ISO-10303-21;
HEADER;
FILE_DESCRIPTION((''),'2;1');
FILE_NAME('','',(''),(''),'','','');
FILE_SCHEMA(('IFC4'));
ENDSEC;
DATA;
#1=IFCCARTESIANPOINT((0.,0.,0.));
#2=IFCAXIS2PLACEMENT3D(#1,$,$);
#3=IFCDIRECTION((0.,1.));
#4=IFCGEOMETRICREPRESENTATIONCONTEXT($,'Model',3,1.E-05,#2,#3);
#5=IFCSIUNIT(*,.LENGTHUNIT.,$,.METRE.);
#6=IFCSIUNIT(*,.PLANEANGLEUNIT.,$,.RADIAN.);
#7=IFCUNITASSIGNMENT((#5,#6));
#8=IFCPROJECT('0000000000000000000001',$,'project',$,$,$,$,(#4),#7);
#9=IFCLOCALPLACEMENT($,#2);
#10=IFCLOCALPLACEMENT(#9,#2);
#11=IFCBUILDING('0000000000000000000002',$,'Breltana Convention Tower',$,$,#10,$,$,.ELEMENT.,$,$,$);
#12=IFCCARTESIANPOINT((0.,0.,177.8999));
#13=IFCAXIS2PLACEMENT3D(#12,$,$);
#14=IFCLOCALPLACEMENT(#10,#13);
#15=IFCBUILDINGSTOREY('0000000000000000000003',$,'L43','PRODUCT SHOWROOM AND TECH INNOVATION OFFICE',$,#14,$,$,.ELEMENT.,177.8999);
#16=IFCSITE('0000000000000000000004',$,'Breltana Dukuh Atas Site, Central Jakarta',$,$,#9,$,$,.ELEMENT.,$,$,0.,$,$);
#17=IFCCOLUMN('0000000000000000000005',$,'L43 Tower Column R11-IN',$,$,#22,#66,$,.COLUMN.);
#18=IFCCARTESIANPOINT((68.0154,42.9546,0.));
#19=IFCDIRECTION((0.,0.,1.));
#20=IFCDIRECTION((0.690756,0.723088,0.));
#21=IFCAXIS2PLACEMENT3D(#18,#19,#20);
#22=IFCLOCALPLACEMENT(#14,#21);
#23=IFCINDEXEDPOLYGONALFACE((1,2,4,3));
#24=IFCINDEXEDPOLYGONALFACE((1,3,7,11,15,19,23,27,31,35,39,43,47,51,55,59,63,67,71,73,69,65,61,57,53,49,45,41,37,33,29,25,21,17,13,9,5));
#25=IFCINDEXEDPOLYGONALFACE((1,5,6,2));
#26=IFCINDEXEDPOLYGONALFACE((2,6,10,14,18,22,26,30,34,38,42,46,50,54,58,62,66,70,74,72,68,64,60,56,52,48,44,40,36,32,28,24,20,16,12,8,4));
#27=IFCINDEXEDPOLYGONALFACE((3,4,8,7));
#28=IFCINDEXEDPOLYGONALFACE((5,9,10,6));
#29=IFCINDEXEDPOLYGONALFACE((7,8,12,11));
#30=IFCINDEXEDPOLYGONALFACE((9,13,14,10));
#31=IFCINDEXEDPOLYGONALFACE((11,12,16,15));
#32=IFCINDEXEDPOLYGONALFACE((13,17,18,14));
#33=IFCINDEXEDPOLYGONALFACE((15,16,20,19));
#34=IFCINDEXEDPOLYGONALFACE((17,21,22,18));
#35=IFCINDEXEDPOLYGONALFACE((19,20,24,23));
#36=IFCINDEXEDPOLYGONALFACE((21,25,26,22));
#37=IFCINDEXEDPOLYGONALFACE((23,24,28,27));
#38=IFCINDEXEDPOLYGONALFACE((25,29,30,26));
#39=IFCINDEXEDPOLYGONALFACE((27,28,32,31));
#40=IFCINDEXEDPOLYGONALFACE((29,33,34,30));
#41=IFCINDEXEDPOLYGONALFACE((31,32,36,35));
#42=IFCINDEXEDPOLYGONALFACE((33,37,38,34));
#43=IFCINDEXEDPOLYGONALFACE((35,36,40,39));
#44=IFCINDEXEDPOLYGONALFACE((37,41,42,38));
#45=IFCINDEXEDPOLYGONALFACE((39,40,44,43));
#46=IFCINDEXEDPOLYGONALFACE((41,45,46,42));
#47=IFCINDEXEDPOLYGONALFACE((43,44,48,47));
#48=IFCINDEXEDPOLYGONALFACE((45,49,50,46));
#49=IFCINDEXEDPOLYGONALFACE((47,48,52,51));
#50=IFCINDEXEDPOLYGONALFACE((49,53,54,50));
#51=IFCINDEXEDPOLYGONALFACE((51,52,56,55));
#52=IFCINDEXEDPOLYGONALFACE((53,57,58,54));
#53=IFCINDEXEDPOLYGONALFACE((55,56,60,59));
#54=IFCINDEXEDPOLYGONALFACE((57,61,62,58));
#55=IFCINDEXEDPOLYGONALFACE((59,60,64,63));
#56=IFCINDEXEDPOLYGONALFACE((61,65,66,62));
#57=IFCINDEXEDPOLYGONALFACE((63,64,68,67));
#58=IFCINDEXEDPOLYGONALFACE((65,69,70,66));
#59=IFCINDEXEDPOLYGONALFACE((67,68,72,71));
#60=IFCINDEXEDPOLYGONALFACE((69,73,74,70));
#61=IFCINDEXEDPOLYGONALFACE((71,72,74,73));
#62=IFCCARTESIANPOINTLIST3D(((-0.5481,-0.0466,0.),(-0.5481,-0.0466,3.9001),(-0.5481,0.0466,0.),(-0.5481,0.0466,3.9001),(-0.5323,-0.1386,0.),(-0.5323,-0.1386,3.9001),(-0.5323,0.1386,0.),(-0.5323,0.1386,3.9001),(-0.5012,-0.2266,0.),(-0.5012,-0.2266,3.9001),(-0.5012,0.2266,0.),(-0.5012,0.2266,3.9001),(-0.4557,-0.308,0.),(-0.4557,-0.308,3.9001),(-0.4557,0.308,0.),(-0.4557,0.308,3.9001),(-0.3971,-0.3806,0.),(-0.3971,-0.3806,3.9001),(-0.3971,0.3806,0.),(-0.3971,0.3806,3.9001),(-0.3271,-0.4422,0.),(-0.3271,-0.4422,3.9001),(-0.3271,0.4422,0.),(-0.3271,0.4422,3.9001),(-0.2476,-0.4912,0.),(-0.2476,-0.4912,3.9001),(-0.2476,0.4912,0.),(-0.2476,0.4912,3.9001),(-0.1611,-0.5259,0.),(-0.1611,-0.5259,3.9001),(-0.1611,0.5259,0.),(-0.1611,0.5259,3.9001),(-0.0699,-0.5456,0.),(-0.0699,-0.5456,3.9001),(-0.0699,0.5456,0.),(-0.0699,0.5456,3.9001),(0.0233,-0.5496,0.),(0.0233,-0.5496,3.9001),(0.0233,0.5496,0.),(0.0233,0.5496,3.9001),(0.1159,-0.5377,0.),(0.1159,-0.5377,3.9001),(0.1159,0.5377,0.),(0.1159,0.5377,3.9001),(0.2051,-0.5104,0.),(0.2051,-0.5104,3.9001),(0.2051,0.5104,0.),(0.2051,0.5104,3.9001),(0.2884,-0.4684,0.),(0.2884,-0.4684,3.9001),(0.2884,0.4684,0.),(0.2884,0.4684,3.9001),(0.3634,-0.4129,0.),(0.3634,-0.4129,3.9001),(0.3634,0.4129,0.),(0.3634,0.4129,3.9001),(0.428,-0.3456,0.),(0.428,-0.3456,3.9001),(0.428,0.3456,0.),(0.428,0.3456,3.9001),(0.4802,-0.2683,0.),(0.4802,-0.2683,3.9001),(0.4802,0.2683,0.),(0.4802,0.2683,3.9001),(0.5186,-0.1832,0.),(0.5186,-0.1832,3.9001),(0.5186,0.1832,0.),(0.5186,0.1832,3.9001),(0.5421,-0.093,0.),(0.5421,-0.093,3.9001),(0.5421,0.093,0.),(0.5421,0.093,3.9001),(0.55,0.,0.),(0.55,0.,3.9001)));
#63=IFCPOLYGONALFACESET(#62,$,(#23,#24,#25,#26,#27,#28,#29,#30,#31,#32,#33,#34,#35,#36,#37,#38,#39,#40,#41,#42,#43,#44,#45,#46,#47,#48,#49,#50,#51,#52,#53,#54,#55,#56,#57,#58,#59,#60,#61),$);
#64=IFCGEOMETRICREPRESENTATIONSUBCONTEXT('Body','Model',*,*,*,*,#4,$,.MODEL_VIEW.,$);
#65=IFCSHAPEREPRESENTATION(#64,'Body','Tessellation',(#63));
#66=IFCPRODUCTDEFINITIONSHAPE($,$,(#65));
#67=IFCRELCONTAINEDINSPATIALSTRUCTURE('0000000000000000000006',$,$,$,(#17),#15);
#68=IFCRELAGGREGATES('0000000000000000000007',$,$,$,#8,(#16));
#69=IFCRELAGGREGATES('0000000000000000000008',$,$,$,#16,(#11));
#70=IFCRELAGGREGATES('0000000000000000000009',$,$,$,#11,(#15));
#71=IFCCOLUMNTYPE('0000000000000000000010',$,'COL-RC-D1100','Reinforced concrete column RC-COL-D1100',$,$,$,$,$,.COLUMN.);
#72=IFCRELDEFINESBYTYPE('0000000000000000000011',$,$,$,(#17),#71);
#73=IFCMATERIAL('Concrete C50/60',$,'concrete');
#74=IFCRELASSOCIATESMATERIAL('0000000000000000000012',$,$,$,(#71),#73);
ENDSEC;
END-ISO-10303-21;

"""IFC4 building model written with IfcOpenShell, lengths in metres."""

from ifc_helpers import new_model, si_unit, direction, frame, origin, origin_2d, place, context, subcontext, project, spatial, circle, extrude, source, transform, mapped, material, material_profile, profile_set, type_object, element, save


model = new_model("IFC4")

# Units and contexts
model_context = context("Model", 3, precision=1e-05, world=origin(), true_north=direction((0.0, 1.0)))
body_context = subcontext(model_context, "Body", "Model", "MODEL_VIEW")
ifc_project = project(units=[si_unit("LENGTHUNIT", "METRE"), si_unit("PLANEANGLEUNIT", "RADIAN")], contexts=[model_context])

# Site, building, storey
site_placement = place(None, origin())
site = spatial("IfcSite", under=ifc_project, at=site_placement, Name="Breltana Dukuh Atas Site, Central Jakarta", CompositionType="ELEMENT", RefElevation=0.0)
building_placement = place(site_placement, origin())
building = spatial("IfcBuilding", under=site, at=building_placement, Name="Breltana Convention Tower", CompositionType="ELEMENT")
storey_placement = place(building_placement, frame((0.0, 0.0, 177.8999)))
storey = spatial("IfcBuildingStorey", under=building, at=storey_placement, Name="L43", Description="PRODUCT SHOWROOM AND TECH INNOVATION OFFICE", CompositionType="ELEMENT", Elevation=177.8999)

# Column
ifc_material_1 = material(Name="Concrete C50/60", Category="concrete")
ifc_material_profile_1 = material_profile(ifc_material_1, circle(Radius=0.55, at=origin_2d()), Name="RC-COL-D1100")
ifc_profile_set_1 = profile_set([ifc_material_profile_1], Name="Concrete C50/60")
column_type = type_object("IfcColumnType", Name="COL-RC-D1100", Description="Reinforced concrete column RC-COL-D1100", PredefinedType="COLUMN", material=ifc_profile_set_1)
shared_shape_1 = source(origin(), body_context, "Body", "SweptSolid", [
    extrude(circle(Radius=0.55, at=origin_2d()), origin(), (0.0, 0.0, 1.0), 3.9001),
])
column_placement = place(storey_placement, frame((68.0154, 42.9546, 0.0), z_axis=(0.0, 0.0, 1.0), x_axis=(0.690756, 0.723088, 0.0)))
element("IfcColumn", 1, at=column_placement, inside=storey, type_object=column_type, Name="L43 Tower Column R11-IN", PredefinedType="COLUMN", context=body_context, shape_type="MappedRepresentation", body=[
    mapped(shared_shape_1, transform((0.0, 0.0, 0.0), scale=1.0)),
])

save(model, "model.ifc")
